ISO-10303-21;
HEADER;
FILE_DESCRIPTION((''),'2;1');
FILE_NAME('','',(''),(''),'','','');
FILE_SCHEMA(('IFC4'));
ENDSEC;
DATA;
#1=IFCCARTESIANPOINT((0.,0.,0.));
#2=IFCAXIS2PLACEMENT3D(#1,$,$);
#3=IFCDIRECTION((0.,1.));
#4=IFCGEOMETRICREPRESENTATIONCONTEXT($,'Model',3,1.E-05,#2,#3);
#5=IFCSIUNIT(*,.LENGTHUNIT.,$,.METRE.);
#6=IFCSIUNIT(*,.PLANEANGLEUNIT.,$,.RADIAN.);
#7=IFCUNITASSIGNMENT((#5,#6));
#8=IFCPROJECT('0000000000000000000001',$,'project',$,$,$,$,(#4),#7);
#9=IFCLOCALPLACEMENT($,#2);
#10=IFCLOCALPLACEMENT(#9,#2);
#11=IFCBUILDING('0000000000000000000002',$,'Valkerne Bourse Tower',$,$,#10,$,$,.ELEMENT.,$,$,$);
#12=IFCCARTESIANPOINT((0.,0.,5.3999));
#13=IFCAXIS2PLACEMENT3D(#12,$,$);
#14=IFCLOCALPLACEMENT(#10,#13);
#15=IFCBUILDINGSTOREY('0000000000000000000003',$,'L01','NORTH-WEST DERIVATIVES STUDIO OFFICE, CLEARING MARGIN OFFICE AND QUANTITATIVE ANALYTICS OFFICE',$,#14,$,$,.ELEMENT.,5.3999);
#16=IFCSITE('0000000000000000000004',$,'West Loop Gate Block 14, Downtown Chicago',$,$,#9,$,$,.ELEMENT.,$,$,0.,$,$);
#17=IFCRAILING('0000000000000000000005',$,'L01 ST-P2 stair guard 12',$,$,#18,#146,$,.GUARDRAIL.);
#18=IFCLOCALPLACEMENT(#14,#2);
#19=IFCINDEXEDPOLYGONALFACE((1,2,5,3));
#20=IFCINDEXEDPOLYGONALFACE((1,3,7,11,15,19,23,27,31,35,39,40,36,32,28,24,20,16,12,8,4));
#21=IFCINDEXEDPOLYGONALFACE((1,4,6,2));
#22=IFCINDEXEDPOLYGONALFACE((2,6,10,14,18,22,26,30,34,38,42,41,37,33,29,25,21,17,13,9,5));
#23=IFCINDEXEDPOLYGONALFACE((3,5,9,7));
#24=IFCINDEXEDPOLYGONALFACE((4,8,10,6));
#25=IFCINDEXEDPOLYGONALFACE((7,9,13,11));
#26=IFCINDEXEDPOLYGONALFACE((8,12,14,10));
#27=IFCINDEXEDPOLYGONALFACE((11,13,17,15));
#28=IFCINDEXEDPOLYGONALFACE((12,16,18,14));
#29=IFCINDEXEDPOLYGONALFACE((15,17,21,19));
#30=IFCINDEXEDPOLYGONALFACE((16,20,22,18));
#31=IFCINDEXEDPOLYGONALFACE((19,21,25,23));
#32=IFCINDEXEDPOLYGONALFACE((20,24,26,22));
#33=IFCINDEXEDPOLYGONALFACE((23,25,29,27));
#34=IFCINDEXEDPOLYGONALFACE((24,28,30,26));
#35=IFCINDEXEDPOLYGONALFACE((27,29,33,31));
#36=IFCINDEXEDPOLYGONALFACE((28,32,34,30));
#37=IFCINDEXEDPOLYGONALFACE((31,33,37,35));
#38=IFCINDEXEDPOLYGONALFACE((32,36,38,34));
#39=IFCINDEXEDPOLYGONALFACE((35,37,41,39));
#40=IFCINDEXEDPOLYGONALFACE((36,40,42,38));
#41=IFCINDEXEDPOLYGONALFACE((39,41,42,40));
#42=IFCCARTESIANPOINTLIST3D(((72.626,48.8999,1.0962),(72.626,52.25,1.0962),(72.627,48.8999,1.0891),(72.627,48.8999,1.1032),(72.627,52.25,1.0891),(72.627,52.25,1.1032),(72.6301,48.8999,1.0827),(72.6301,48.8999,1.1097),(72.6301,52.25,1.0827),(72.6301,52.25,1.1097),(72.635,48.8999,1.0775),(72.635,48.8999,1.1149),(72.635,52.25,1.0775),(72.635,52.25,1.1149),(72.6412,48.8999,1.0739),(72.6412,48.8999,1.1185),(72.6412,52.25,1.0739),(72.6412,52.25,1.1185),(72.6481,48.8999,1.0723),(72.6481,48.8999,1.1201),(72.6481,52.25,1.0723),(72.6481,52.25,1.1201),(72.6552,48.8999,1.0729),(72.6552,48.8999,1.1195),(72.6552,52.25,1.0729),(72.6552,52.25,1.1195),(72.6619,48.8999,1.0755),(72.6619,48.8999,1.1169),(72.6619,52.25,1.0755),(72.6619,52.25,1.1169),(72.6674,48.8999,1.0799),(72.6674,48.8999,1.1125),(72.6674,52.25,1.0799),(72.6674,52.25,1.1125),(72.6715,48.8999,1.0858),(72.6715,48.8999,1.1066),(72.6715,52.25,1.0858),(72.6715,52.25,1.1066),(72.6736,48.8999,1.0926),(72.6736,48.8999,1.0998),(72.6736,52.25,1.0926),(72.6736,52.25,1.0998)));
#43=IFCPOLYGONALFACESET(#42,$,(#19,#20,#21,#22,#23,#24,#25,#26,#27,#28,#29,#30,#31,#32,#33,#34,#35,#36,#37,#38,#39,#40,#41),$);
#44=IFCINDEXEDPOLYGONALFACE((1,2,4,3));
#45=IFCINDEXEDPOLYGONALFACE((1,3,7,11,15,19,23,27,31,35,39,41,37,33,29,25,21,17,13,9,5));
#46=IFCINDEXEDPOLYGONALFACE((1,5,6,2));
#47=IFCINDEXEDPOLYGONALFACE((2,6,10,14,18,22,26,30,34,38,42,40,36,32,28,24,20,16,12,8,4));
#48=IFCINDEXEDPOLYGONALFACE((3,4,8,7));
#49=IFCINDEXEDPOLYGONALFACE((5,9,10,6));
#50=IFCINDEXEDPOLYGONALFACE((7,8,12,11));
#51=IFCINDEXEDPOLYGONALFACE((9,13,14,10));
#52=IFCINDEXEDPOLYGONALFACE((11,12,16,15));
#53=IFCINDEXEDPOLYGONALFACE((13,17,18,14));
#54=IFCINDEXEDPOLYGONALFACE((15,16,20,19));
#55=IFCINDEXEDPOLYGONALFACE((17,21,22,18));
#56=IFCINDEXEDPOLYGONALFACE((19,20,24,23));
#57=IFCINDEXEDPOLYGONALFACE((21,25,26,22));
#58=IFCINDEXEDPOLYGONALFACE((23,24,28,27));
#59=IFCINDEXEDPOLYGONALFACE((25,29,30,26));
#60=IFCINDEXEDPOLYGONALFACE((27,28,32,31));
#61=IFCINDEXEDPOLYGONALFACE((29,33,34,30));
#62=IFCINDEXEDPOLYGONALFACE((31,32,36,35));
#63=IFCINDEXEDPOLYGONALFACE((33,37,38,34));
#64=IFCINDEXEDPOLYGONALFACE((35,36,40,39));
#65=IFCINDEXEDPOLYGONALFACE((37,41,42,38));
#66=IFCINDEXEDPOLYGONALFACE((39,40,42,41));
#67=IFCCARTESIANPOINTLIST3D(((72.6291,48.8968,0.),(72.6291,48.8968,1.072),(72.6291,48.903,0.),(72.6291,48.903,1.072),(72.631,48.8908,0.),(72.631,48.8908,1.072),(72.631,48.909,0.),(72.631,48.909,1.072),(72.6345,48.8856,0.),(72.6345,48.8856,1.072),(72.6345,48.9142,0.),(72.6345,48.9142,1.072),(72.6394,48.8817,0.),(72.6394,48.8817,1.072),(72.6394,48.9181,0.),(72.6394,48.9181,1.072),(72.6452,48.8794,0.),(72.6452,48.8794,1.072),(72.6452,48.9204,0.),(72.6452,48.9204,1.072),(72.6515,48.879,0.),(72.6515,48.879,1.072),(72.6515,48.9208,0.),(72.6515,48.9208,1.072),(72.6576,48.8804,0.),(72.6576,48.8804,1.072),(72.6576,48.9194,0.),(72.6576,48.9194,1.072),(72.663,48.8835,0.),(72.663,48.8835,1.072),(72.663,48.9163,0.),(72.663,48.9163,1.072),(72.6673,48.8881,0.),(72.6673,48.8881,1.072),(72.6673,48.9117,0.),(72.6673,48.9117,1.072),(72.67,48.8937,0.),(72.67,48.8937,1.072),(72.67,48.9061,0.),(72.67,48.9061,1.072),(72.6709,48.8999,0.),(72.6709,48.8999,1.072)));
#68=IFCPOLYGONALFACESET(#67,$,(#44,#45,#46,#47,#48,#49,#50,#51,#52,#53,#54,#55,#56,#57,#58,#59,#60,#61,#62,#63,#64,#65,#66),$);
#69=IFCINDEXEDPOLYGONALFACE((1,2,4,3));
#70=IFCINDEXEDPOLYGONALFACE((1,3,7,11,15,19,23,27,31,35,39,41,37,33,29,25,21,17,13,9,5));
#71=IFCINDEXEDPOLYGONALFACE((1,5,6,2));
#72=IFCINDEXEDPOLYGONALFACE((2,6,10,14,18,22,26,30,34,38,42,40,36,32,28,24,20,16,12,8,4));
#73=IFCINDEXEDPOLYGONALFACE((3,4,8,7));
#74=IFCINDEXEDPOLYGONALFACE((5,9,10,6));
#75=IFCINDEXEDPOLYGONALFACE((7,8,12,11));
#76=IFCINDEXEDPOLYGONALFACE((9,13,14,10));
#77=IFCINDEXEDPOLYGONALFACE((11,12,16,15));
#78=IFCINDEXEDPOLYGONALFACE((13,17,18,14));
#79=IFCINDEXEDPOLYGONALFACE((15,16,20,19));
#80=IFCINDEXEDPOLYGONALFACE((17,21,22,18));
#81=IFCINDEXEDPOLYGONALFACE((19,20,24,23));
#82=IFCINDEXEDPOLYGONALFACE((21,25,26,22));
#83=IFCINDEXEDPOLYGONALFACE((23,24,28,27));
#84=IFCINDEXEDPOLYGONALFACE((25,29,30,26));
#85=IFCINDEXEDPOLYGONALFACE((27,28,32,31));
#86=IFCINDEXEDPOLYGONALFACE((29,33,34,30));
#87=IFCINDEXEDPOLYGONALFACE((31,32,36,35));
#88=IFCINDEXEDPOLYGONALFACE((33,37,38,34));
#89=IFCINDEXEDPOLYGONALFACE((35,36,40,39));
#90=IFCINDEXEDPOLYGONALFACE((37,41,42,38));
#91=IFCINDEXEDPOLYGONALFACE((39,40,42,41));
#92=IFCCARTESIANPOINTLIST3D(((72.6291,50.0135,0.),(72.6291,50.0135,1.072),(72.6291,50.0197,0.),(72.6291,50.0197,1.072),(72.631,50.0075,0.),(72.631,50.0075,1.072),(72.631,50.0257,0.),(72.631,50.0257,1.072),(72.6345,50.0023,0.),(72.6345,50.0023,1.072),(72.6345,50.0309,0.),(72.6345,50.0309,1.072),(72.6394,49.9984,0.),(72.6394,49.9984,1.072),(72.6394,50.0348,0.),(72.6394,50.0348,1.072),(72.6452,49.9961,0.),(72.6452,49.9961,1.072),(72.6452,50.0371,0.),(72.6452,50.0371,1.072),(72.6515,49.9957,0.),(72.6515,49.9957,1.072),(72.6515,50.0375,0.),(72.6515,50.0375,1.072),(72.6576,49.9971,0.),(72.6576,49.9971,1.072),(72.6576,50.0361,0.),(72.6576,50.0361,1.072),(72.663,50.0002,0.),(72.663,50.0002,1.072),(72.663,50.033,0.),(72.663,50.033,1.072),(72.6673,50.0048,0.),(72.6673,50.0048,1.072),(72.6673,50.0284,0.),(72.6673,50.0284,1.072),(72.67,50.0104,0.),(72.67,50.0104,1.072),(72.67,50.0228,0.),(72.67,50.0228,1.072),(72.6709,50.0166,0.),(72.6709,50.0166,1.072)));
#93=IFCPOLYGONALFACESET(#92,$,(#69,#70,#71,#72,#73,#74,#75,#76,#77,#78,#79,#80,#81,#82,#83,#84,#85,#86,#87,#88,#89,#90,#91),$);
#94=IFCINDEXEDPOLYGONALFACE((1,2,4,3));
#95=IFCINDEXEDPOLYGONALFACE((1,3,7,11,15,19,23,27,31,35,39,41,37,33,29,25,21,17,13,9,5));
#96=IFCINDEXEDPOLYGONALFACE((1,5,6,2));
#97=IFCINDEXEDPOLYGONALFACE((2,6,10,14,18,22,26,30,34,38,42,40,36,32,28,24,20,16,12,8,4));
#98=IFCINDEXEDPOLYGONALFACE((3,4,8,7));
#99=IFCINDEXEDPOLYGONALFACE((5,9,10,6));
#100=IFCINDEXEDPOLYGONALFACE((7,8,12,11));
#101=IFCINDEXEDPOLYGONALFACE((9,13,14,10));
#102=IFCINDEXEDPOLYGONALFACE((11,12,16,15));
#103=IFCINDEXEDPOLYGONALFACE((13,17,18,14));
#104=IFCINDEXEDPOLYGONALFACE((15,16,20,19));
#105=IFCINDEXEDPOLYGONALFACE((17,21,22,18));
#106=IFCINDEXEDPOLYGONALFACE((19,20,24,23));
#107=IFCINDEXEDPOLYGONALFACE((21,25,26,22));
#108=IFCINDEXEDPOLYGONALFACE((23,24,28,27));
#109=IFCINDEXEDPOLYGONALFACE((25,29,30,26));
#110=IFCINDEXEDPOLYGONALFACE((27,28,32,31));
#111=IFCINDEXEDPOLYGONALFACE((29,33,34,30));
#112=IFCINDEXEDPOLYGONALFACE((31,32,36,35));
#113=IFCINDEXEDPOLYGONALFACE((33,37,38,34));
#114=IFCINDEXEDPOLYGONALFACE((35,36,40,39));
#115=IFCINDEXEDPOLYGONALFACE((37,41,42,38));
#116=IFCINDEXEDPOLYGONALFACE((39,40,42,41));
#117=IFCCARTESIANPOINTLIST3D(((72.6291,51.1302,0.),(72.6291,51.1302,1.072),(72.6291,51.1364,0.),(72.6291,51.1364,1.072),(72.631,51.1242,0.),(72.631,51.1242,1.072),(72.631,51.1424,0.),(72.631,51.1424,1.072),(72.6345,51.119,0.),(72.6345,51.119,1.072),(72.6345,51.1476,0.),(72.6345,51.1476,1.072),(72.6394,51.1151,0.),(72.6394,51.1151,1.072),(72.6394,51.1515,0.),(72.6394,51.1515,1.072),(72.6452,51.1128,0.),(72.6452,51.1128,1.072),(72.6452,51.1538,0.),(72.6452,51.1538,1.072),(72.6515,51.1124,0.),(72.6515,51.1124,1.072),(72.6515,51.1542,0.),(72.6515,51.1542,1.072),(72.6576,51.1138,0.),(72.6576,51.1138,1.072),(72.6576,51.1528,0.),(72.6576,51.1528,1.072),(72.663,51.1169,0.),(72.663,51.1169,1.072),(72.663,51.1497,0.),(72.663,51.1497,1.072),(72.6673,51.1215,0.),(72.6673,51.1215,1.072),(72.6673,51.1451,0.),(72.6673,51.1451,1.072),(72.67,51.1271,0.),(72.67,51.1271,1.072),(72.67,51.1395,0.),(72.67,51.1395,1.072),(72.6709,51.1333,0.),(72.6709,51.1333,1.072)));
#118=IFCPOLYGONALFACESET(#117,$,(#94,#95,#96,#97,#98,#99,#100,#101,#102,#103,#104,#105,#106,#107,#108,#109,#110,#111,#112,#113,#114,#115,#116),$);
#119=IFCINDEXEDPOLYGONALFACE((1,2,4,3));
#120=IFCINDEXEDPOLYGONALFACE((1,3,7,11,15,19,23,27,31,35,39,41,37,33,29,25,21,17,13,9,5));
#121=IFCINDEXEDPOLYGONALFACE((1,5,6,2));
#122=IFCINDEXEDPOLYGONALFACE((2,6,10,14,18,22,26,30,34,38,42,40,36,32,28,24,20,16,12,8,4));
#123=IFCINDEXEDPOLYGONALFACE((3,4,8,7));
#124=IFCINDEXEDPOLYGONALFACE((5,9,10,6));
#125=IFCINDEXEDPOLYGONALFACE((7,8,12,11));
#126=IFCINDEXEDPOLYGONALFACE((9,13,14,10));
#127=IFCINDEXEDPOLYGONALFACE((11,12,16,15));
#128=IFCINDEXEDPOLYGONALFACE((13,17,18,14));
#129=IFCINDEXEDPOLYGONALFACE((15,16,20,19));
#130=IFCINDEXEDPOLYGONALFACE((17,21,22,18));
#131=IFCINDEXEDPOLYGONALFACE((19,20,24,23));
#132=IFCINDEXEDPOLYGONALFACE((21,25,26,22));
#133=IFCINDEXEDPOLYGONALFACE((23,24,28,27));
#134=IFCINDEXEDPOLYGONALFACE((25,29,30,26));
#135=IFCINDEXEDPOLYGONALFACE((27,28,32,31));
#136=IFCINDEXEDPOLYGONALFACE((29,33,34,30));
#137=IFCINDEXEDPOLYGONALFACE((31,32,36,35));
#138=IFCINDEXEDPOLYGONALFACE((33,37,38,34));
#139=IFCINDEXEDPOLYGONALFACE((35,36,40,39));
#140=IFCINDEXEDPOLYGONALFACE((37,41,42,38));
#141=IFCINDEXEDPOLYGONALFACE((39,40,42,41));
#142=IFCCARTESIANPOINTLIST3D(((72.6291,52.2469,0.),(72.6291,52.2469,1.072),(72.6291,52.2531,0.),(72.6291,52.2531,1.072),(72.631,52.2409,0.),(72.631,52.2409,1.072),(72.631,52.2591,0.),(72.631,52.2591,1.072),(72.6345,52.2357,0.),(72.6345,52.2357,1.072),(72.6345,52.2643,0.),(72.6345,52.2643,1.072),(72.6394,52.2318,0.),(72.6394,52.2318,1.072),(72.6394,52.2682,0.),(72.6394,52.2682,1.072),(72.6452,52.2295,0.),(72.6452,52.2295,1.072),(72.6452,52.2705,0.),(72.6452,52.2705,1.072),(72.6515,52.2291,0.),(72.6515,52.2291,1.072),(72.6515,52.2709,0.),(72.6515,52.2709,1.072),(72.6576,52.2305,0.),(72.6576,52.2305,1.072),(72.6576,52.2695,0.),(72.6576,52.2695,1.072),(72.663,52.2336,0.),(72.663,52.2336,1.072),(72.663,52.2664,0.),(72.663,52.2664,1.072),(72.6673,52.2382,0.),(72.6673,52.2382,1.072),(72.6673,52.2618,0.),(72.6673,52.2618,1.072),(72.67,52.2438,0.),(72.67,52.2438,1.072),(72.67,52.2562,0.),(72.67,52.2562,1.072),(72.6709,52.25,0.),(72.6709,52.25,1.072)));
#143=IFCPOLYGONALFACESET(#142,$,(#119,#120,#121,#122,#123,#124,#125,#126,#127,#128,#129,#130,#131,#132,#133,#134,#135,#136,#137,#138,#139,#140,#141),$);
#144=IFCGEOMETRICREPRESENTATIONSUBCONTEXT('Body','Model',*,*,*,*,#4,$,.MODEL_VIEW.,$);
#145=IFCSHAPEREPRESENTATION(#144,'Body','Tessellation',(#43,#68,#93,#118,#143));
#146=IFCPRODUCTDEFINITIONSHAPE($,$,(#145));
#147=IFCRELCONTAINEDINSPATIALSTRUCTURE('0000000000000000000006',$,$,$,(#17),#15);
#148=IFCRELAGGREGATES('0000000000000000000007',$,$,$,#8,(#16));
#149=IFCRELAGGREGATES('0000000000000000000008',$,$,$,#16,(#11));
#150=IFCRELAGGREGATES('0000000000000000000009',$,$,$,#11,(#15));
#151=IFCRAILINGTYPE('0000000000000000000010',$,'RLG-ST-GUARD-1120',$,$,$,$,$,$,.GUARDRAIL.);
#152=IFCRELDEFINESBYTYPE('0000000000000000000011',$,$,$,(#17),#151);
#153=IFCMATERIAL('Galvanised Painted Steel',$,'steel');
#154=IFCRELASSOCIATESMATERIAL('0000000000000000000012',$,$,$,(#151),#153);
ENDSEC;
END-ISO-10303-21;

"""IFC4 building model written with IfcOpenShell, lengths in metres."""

from ifc_helpers import new_model, si_unit, direction, frame, origin, origin_2d, place, context, subcontext, project, spatial, circle, extrude, material, type_object, element, save


model = new_model("IFC4")

# Units and contexts
model_context = context("Model", 3, precision=1e-05, world=origin(), true_north=direction((0.0, 1.0)))
body_context = subcontext(model_context, "Body", "Model", "MODEL_VIEW")
ifc_project = project(units=[si_unit("LENGTHUNIT", "METRE"), si_unit("PLANEANGLEUNIT", "RADIAN")], contexts=[model_context])

# Site, building, storey
site_placement = place(None, origin())
site = spatial("IfcSite", under=ifc_project, at=site_placement, Name="West Loop Gate Block 14, Downtown Chicago", CompositionType="ELEMENT", RefElevation=0.0)
building_placement = place(site_placement, origin())
building = spatial("IfcBuilding", under=site, at=building_placement, Name="Valkerne Bourse Tower", CompositionType="ELEMENT")
storey_placement = place(building_placement, frame((0.0, 0.0, 5.3999)))
storey = spatial("IfcBuildingStorey", under=building, at=storey_placement, Name="L01", Description="NORTH-WEST DERIVATIVES STUDIO OFFICE, CLEARING MARGIN OFFICE AND QUANTITATIVE ANALYTICS OFFICE", CompositionType="ELEMENT", Elevation=5.3999)

# Shared definitions
ifc_material_1 = material(Name="Galvanised Painted Steel", Category="steel")

# Railing
railing_type = type_object("IfcRailingType", Name="RLG-ST-GUARD-1120", PredefinedType="GUARDRAIL", material=ifc_material_1)
railing_placement = place(storey_placement, frame((72.6499, 48.8999, 0.0)))
element("IfcRailing", 1, at=railing_placement, inside=storey, type_object=railing_type, Name="L01 ST-P2 stair guard 12", PredefinedType="GUARDRAIL", context=body_context, shape_type="SweptSolid", body=[
    extrude(circle(Radius=0.0239, at=origin_2d()), frame((0.0, 0.0, 1.0962), z_axis=(0.0, 1.0, 0.0), x_axis=(-1.0, 0.0, 0.0)), (0.0, 0.0, 1.0), 3.3501),
    extrude(circle(Radius=0.021, at=origin_2d()), origin(), (0.0, 0.0, 1.0), 1.072),
    extrude(circle(Radius=0.021, at=origin_2d()), frame((0.0, 1.1167, 0.0)), (0.0, 0.0, 1.0), 1.072),
    extrude(circle(Radius=0.021, at=origin_2d()), frame((0.0, 2.2334, 0.0)), (0.0, 0.0, 1.0), 1.072),
    extrude(circle(Radius=0.021, at=origin_2d()), frame((0.0, 3.3501, 0.0)), (0.0, 0.0, 1.0), 1.072),
])

save(model, "model.ifc")
